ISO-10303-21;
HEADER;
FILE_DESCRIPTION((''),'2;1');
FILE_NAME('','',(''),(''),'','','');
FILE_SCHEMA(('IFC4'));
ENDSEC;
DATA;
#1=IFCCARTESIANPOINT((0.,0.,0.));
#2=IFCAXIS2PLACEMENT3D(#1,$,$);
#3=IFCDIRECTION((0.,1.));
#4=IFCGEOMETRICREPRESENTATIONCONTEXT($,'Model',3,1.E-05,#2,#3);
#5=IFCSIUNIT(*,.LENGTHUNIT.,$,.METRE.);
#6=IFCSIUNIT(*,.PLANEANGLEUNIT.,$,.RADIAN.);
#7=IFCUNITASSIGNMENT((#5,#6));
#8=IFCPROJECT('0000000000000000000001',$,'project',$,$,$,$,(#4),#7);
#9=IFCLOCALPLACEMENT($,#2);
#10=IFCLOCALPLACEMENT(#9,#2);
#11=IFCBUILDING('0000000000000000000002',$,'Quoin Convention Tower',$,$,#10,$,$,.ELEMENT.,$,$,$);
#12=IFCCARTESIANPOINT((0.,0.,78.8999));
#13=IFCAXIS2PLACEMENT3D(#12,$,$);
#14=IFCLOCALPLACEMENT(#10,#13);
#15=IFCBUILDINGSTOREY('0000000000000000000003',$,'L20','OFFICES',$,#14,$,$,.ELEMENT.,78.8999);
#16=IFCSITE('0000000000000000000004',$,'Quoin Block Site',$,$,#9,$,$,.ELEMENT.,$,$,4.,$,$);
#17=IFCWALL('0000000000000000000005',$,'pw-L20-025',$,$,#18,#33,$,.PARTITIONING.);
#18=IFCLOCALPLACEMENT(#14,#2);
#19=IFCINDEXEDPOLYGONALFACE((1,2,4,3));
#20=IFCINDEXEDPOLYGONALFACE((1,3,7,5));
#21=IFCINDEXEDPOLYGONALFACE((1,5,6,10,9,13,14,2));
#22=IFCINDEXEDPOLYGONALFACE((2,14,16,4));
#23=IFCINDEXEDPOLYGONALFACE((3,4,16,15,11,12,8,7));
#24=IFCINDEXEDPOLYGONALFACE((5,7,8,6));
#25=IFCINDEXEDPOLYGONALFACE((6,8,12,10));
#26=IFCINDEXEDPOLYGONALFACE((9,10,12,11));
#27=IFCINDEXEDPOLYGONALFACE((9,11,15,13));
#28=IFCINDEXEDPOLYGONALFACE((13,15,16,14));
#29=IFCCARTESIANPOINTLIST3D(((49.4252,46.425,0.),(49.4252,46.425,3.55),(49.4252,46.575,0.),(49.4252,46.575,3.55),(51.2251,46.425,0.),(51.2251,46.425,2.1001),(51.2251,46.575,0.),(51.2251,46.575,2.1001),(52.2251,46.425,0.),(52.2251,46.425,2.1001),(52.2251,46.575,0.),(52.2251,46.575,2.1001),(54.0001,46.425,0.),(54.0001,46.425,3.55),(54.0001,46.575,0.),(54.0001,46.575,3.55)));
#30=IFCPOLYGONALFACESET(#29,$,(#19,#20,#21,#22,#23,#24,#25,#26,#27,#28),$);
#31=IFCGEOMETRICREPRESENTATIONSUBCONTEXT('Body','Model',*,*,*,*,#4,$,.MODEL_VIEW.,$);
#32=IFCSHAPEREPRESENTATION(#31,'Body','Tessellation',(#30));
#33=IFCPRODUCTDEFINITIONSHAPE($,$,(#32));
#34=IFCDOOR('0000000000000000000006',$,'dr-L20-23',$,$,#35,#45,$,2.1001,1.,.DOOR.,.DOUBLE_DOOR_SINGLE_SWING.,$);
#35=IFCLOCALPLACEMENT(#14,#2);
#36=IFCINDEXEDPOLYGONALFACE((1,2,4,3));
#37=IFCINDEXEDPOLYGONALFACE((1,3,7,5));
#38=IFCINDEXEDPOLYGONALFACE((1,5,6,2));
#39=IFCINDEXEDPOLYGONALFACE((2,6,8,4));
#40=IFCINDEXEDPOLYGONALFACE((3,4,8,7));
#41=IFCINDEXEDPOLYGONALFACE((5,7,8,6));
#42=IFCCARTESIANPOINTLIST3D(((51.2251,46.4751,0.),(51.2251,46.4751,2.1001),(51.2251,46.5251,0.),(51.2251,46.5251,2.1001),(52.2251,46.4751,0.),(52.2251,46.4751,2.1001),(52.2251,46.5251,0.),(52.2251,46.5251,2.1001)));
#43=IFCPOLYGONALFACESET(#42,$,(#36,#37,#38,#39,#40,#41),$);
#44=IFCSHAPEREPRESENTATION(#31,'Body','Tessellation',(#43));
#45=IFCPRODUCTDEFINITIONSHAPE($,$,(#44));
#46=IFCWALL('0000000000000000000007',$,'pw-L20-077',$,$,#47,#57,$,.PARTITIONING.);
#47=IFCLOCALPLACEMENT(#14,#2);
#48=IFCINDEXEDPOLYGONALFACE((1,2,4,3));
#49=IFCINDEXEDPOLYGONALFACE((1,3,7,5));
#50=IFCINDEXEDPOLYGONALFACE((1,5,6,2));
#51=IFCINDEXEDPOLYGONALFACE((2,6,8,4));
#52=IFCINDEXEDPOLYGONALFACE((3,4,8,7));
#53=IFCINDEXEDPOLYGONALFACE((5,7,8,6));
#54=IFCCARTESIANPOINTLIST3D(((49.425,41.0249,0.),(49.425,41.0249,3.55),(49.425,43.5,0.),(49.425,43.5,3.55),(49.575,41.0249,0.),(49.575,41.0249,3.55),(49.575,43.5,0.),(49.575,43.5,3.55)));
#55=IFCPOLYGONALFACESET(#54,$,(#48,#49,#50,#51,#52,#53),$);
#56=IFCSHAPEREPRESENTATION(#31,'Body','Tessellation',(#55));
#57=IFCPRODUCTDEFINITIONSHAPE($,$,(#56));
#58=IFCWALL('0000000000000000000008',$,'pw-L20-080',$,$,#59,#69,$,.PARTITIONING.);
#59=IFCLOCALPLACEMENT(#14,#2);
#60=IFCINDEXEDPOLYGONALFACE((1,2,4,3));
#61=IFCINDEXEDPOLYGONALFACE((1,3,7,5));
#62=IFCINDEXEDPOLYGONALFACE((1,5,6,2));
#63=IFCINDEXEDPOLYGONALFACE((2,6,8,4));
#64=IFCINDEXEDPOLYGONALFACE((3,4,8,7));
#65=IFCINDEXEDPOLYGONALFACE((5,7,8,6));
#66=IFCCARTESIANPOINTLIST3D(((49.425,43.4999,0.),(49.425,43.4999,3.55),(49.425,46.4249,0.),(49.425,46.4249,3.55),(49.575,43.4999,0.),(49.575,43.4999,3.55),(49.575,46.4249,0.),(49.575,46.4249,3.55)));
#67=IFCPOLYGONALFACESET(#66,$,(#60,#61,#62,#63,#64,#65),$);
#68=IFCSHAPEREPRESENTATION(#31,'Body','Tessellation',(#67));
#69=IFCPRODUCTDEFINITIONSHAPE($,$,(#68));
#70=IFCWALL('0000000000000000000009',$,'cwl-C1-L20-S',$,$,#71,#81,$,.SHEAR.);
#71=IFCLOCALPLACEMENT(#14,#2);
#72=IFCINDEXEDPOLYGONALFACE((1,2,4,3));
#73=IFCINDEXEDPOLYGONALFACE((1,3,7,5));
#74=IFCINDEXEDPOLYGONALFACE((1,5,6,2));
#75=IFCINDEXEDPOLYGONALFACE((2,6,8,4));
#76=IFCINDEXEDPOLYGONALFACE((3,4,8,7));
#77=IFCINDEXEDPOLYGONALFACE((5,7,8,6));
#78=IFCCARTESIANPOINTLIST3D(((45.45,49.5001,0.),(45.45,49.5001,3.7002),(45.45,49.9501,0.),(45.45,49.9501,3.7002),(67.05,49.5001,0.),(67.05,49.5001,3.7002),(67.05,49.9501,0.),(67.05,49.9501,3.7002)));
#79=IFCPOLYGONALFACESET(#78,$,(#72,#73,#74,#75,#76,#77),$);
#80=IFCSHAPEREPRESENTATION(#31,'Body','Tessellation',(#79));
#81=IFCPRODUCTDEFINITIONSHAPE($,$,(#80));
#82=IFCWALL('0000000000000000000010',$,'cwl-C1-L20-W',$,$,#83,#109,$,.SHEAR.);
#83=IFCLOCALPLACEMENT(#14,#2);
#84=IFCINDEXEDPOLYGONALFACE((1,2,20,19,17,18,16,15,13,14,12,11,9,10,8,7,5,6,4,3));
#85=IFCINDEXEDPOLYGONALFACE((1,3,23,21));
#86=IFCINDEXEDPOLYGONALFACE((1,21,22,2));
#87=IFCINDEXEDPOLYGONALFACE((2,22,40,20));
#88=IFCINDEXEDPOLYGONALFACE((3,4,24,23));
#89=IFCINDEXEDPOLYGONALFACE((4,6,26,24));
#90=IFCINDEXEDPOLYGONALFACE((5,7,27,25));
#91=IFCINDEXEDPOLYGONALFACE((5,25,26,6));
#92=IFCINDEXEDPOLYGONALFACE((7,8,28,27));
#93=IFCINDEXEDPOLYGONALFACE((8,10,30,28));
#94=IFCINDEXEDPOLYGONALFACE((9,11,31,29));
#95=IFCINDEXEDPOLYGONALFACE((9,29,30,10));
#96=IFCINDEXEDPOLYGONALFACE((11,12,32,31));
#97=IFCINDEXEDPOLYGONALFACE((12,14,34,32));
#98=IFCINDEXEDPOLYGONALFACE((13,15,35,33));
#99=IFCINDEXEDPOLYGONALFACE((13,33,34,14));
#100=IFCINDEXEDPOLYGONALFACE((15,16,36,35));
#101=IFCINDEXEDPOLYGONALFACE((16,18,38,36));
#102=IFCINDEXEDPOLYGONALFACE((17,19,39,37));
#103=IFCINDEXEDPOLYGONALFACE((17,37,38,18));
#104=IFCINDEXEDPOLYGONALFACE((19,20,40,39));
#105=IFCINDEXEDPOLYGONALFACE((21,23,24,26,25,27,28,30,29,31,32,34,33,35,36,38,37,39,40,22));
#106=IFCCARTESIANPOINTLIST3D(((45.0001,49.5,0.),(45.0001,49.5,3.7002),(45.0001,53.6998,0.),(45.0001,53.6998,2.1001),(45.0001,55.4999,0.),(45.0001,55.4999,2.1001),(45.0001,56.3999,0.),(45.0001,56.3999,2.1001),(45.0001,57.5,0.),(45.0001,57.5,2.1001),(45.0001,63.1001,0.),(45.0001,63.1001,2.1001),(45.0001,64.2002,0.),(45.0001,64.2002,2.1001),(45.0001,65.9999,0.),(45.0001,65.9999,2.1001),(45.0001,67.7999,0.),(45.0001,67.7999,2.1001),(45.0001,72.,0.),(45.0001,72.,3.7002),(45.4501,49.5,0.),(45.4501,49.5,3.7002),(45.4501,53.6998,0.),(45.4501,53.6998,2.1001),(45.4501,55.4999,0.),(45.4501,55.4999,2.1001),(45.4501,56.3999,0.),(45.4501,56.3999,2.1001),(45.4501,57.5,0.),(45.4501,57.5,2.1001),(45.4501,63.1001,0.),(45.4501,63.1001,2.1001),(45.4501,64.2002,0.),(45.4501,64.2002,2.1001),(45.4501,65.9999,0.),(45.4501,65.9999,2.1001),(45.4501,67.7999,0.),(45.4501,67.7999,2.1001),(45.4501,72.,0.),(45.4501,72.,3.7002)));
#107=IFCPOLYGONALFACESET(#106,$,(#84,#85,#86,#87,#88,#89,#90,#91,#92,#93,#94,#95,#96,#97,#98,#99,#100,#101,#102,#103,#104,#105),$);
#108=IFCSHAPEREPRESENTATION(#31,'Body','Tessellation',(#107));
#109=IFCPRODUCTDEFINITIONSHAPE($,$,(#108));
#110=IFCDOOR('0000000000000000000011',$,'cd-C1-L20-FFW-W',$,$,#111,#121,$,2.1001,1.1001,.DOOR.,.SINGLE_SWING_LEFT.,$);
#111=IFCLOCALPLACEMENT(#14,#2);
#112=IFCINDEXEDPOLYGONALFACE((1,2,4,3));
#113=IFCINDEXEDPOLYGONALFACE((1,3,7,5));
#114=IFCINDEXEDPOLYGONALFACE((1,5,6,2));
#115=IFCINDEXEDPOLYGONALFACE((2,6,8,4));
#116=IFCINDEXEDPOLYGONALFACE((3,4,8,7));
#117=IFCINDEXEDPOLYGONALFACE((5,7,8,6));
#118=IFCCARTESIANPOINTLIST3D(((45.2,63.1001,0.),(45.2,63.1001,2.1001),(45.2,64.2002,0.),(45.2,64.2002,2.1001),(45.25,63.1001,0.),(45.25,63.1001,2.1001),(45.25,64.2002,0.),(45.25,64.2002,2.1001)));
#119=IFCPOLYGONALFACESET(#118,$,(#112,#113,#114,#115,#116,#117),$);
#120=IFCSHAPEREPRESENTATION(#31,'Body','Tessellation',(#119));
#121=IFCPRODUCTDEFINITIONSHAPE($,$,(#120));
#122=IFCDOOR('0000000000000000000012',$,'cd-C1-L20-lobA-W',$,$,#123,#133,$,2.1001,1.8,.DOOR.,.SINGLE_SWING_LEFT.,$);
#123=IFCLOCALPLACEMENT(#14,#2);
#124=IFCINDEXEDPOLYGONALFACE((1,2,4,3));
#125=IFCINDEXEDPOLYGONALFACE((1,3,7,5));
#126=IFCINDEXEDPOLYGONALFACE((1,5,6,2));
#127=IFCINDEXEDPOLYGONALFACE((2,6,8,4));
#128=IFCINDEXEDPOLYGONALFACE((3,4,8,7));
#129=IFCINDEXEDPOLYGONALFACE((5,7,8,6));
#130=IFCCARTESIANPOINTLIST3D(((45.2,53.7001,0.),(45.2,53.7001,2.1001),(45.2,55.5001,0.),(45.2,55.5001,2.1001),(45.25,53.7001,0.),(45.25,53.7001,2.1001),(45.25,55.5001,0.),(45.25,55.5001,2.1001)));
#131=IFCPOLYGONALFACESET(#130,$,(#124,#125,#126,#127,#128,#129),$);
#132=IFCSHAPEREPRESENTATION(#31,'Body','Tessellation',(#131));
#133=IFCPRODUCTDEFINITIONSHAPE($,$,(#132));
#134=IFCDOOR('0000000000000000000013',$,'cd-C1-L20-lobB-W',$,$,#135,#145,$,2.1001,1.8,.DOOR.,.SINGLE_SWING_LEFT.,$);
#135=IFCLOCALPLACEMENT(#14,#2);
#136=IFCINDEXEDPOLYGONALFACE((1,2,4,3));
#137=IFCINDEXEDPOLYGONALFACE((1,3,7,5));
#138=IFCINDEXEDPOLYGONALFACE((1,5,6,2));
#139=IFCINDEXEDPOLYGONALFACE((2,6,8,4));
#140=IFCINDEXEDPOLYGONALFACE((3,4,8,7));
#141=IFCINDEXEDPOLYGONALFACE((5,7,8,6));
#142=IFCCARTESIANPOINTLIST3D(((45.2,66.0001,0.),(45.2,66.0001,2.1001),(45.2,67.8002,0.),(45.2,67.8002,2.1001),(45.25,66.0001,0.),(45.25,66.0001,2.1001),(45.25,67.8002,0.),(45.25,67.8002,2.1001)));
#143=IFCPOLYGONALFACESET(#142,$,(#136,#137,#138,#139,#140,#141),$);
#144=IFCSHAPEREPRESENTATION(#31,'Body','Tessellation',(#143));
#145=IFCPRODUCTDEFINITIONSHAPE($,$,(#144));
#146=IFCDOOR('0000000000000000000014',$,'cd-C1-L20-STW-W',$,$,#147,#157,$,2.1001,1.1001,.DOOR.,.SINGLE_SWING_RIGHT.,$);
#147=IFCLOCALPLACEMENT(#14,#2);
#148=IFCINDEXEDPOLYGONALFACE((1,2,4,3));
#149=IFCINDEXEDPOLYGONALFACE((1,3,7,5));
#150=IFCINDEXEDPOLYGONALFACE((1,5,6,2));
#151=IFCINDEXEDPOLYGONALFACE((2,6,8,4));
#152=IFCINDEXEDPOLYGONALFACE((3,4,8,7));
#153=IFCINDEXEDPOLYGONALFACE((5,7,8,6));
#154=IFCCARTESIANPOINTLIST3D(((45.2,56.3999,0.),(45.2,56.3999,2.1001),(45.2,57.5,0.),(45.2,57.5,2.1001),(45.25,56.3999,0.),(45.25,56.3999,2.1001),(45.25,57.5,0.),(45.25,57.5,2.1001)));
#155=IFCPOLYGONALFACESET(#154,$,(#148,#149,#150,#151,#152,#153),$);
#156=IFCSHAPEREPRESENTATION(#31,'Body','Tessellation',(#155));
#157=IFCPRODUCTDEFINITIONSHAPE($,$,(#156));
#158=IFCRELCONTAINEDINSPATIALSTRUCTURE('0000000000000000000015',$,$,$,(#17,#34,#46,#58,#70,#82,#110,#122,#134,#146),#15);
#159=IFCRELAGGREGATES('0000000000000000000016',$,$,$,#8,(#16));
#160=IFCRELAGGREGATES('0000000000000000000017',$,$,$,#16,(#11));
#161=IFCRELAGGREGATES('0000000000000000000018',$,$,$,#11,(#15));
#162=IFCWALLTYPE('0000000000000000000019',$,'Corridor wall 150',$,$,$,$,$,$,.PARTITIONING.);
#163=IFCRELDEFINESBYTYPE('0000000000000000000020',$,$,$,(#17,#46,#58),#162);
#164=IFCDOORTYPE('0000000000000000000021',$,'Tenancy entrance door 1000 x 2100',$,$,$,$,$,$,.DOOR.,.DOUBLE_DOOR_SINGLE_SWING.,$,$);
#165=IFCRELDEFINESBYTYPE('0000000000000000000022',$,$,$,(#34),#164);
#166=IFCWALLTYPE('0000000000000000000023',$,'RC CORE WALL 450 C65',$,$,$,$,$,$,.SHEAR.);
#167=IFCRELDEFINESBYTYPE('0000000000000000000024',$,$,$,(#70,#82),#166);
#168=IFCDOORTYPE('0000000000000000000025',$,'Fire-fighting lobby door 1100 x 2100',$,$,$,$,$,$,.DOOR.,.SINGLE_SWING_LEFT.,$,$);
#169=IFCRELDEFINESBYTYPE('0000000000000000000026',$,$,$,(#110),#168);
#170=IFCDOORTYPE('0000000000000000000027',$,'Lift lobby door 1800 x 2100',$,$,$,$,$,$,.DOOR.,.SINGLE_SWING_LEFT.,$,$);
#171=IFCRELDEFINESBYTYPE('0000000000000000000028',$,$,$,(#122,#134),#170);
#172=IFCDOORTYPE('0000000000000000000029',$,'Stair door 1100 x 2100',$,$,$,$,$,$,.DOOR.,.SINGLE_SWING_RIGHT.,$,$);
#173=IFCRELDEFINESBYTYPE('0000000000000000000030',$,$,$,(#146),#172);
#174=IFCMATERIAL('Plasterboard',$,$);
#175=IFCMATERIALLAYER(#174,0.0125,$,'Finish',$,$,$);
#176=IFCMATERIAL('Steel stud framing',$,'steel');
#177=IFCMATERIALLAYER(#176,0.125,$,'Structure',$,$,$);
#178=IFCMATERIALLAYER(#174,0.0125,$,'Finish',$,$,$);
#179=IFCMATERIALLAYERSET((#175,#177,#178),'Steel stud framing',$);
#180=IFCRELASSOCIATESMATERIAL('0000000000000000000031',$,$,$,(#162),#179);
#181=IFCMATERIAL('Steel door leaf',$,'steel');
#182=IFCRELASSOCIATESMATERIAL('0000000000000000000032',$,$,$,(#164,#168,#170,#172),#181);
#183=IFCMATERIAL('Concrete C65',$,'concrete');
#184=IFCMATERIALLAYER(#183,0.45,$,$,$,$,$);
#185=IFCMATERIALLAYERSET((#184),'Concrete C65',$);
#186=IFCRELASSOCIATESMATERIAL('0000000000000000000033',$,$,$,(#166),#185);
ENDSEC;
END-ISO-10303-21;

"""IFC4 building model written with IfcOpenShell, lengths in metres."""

from ifc_helpers import new_model, si_unit, direction, frame, frame_2d, origin, place, context, subcontext, project, spatial, rectangle, extrude, material, layer, layer_set, type_object, element, fill, save


model = new_model("IFC4")

# Units and contexts
model_context = context("Model", 3, precision=1e-05, world=origin(), true_north=direction((0.0, 1.0)))
body_context = subcontext(model_context, "Body", "Model", "MODEL_VIEW")
ifc_project = project(units=[si_unit("LENGTHUNIT", "METRE"), si_unit("PLANEANGLEUNIT", "RADIAN")], contexts=[model_context])

# Site, building, storey
site_placement = place(None, origin())
site = spatial("IfcSite", under=ifc_project, at=site_placement, Name="Quoin Block Site", CompositionType="ELEMENT", RefElevation=4.0)
building_placement = place(site_placement, origin())
building = spatial("IfcBuilding", under=site, at=building_placement, Name="Quoin Convention Tower", CompositionType="ELEMENT")
storey_placement = place(building_placement, frame((0.0, 0.0, 78.8999)))
storey = spatial("IfcBuildingStorey", under=building, at=storey_placement, Name="L20", Description="OFFICES", CompositionType="ELEMENT", Elevation=78.8999)

# Shared definitions
ifc_material_1 = material(Name="Plasterboard")
ifc_material_2 = material(Name="Steel stud framing", Category="steel")

# Wall, opening, door
ifc_layer_1 = layer(ifc_material_1, 0.0125, Name="Finish")
ifc_layer_2 = layer(ifc_material_2, 0.125, Name="Structure")
ifc_layer_3 = layer(ifc_material_1, 0.0125, Name="Finish")
ifc_layer_set_1 = layer_set([ifc_layer_1, ifc_layer_2, ifc_layer_3], Name="Steel stud framing")
wall_type_1 = type_object("IfcWallType", Name="Corridor wall 150", PredefinedType="PARTITIONING", material=ifc_layer_set_1)
wall_1_placement = place(storey_placement, frame((49.425, 46.5, 0.0), z_axis=(0.0, 0.0, 1.0), x_axis=(1.0, 0.0, 0.0)))
wall_1 = element("IfcWall", 1, at=wall_1_placement, inside=storey, type_object=wall_type_1, Name="pw-L20-025", PredefinedType="PARTITIONING", context=body_context, shape_type="SweptSolid", body=[
    extrude(rectangle(XDim=4.575, YDim=0.1499, at=frame_2d((2.2876, 0.0))), origin(), (0.0, 0.0, 1.0), 3.55),
])
opening_1_placement = place(wall_1_placement, frame((1.8, 0.0, 0.0)))
opening_1 = element("IfcOpeningElement", 2, at=opening_1_placement, cuts=wall_1, PredefinedType="OPENING", context=body_context, shape_type="SweptSolid", body=[
    extrude(rectangle(XDim=1.0, YDim=2.1001, at=frame_2d((0.5, 1.05))), frame((0.0, 0.085, 0.0), z_axis=(0.0, -1.0, 0.0), x_axis=(1.0, 0.0, 0.0)), (0.0, 0.0, 1.0), 0.1699),
])
ifc_material_3 = material(Name="Steel door leaf", Category="steel")
door_type_1 = type_object("IfcDoorType", Name="Tenancy entrance door 1000 x 2100", OperationType="DOUBLE_DOOR_SINGLE_SWING", PredefinedType="DOOR", material=ifc_material_3)
door_1_placement = place(opening_1_placement, frame((1.0, 0.0, 0.0), z_axis=(0.0, 0.0, 1.0), x_axis=(-1.0, 0.0, 0.0)))
door_1 = element("IfcDoor", 3, at=door_1_placement, inside=storey, type_object=door_type_1, Name="dr-L20-23", OperationType="DOUBLE_DOOR_SINGLE_SWING", OverallHeight=2.1001, OverallWidth=1.0, PredefinedType="DOOR", context=body_context, shape_type="SweptSolid", body=[
    extrude(rectangle(XDim=1.0, YDim=2.1001, at=frame_2d((0.5, 1.05))), frame((0.0, 0.0249, 0.0), z_axis=(0.0, -1.0, 0.0), x_axis=(1.0, 0.0, 0.0)), (0.0, 0.0, 1.0), 0.05),
])
fill(opening_1, door_1)

# Walls
wall_2_placement = place(storey_placement, frame((49.5, 41.0249, 0.0), z_axis=(0.0, 0.0, 1.0), x_axis=(0.0, 1.0, 0.0)))
element("IfcWall", 4, at=wall_2_placement, inside=storey, type_object=wall_type_1, Name="pw-L20-077", PredefinedType="PARTITIONING", context=body_context, shape_type="SweptSolid", body=[
    extrude(rectangle(XDim=2.4751, YDim=0.1499, at=frame_2d((1.2375, 0.0))), origin(), (0.0, 0.0, 1.0), 3.55),
])
wall_3_placement = place(storey_placement, frame((49.5, 43.5, 0.0), z_axis=(0.0, 0.0, 1.0), x_axis=(0.0, 1.0, 0.0)))
element("IfcWall", 5, at=wall_3_placement, inside=storey, type_object=wall_type_1, Name="pw-L20-080", PredefinedType="PARTITIONING", context=body_context, shape_type="SweptSolid", body=[
    extrude(rectangle(XDim=2.925, YDim=0.1499, at=frame_2d((1.4624, 0.0))), origin(), (0.0, 0.0, 1.0), 3.55),
])
ifc_material_4 = material(Name="Concrete C65", Category="concrete")
ifc_layer_4 = layer(ifc_material_4, 0.45)
ifc_layer_set_2 = layer_set([ifc_layer_4], Name="Concrete C65")
wall_type_2 = type_object("IfcWallType", Name="RC CORE WALL 450 C65", PredefinedType="SHEAR", material=ifc_layer_set_2)
wall_4_placement = place(storey_placement, frame((45.45, 49.7251, 0.0), z_axis=(0.0, 0.0, 1.0), x_axis=(1.0, 0.0, 0.0)))
element("IfcWall", 6, at=wall_4_placement, inside=storey, type_object=wall_type_2, Name="cwl-C1-L20-S", PredefinedType="SHEAR", context=body_context, shape_type="SweptSolid", body=[
    extrude(rectangle(XDim=21.6001, YDim=0.45, at=frame_2d((10.8, 0.0))), origin(), (0.0, 0.0, 1.0), 3.7002),
])

# Wall, openings, doors
wall_5_placement = place(storey_placement, frame((45.2251, 49.5, 0.0), z_axis=(0.0, 0.0, 1.0), x_axis=(0.0, 1.0, 0.0)))
wall_5 = element("IfcWall", 7, at=wall_5_placement, inside=storey, type_object=wall_type_2, Name="cwl-C1-L20-W", PredefinedType="SHEAR", context=body_context, shape_type="SweptSolid", body=[
    extrude(rectangle(XDim=22.5, YDim=0.45, at=frame_2d((11.25, 0.0))), origin(), (0.0, 0.0, 1.0), 3.7002),
])
opening_2_placement = place(wall_5_placement, frame((4.2, 0.0, 0.0)))
opening_2 = element("IfcOpeningElement", 8, at=opening_2_placement, cuts=wall_5, PredefinedType="OPENING", context=body_context, shape_type="SweptSolid", body=[
    extrude(rectangle(XDim=1.8, YDim=2.1001, at=frame_2d((0.8999, 1.05))), frame((0.0, 0.2349, 0.0), z_axis=(0.0, -1.0, 0.0), x_axis=(1.0, 0.0, 0.0)), (0.0, 0.0, 1.0), 0.47),
])
opening_3_placement = place(wall_5_placement, frame((6.8999, 0.0, 0.0)))
opening_3 = element("IfcOpeningElement", 9, at=opening_3_placement, cuts=wall_5, PredefinedType="OPENING", context=body_context, shape_type="SweptSolid", body=[
    extrude(rectangle(XDim=1.1001, YDim=2.1001, at=frame_2d((0.55, 1.05))), frame((0.0, 0.2349, 0.0), z_axis=(0.0, -1.0, 0.0), x_axis=(1.0, 0.0, 0.0)), (0.0, 0.0, 1.0), 0.47),
])
opening_4_placement = place(wall_5_placement, frame((13.6001, 0.0, 0.0)))
opening_4 = element("IfcOpeningElement", 10, at=opening_4_placement, cuts=wall_5, PredefinedType="OPENING", context=body_context, shape_type="SweptSolid", body=[
    extrude(rectangle(XDim=1.1001, YDim=2.1001, at=frame_2d((0.55, 1.05))), frame((0.0, 0.2349, 0.0), z_axis=(0.0, -1.0, 0.0), x_axis=(1.0, 0.0, 0.0)), (0.0, 0.0, 1.0), 0.47),
])
opening_5_placement = place(wall_5_placement, frame((16.5, 0.0, 0.0)))
opening_5 = element("IfcOpeningElement", 11, at=opening_5_placement, cuts=wall_5, PredefinedType="OPENING", context=body_context, shape_type="SweptSolid", body=[
    extrude(rectangle(XDim=1.8, YDim=2.1001, at=frame_2d((0.8999, 1.05))), frame((0.0, 0.2349, 0.0), z_axis=(0.0, -1.0, 0.0), x_axis=(1.0, 0.0, 0.0)), (0.0, 0.0, 1.0), 0.47),
])
door_type_2 = type_object("IfcDoorType", Name="Fire-fighting lobby door 1100 x 2100", OperationType="SINGLE_SWING_LEFT", PredefinedType="DOOR", material=ifc_material_3)
door_2_placement = place(opening_4_placement, frame((1.1001, 0.0, 0.0), z_axis=(0.0, 0.0, 1.0), x_axis=(-1.0, 0.0, 0.0)))
door_2 = element("IfcDoor", 12, at=door_2_placement, inside=storey, type_object=door_type_2, Name="cd-C1-L20-FFW-W", OperationType="SINGLE_SWING_LEFT", OverallHeight=2.1001, OverallWidth=1.1001, PredefinedType="DOOR", context=body_context, shape_type="SweptSolid", body=[
    extrude(rectangle(XDim=1.1001, YDim=2.1001, at=frame_2d((0.55, 1.05))), frame((0.0, 0.0249, 0.0), z_axis=(0.0, -1.0, 0.0), x_axis=(1.0, 0.0, 0.0)), (0.0, 0.0, 1.0), 0.05),
])
fill(opening_4, door_2)
door_type_3 = type_object("IfcDoorType", Name="Lift lobby door 1800 x 2100", OperationType="SINGLE_SWING_LEFT", PredefinedType="DOOR", material=ifc_material_3)
door_3_placement = place(opening_2_placement, frame((1.8, 0.0, 0.0), z_axis=(0.0, 0.0, 1.0), x_axis=(-1.0, 0.0, 0.0)))
door_3 = element("IfcDoor", 13, at=door_3_placement, inside=storey, type_object=door_type_3, Name="cd-C1-L20-lobA-W", OperationType="SINGLE_SWING_LEFT", OverallHeight=2.1001, OverallWidth=1.8, PredefinedType="DOOR", context=body_context, shape_type="SweptSolid", body=[
    extrude(rectangle(XDim=1.8, YDim=2.1001, at=frame_2d((0.8999, 1.05))), frame((0.0, 0.0249, 0.0), z_axis=(0.0, -1.0, 0.0), x_axis=(1.0, 0.0, 0.0)), (0.0, 0.0, 1.0), 0.05),
])
fill(opening_2, door_3)
door_4_placement = place(opening_5_placement, frame((1.8, 0.0, 0.0), z_axis=(0.0, 0.0, 1.0), x_axis=(-1.0, 0.0, 0.0)))
door_4 = element("IfcDoor", 14, at=door_4_placement, inside=storey, type_object=door_type_3, Name="cd-C1-L20-lobB-W", OperationType="SINGLE_SWING_LEFT", OverallHeight=2.1001, OverallWidth=1.8, PredefinedType="DOOR", context=body_context, shape_type="SweptSolid", body=[
    extrude(rectangle(XDim=1.8, YDim=2.1001, at=frame_2d((0.8999, 1.05))), frame((0.0, 0.0249, 0.0), z_axis=(0.0, -1.0, 0.0), x_axis=(1.0, 0.0, 0.0)), (0.0, 0.0, 1.0), 0.05),
])
fill(opening_5, door_4)
door_type_4 = type_object("IfcDoorType", Name="Stair door 1100 x 2100", OperationType="SINGLE_SWING_RIGHT", PredefinedType="DOOR", material=ifc_material_3)
door_5_placement = place(opening_3_placement, frame((1.1001, 0.0, 0.0), z_axis=(0.0, 0.0, 1.0), x_axis=(-1.0, 0.0, 0.0)))
door_5 = element("IfcDoor", 15, at=door_5_placement, inside=storey, type_object=door_type_4, Name="cd-C1-L20-STW-W", OperationType="SINGLE_SWING_RIGHT", OverallHeight=2.1001, OverallWidth=1.1001, PredefinedType="DOOR", context=body_context, shape_type="SweptSolid", body=[
    extrude(rectangle(XDim=1.1001, YDim=2.1001, at=frame_2d((0.55, 1.05))), frame((0.0, 0.0249, 0.0), z_axis=(0.0, -1.0, 0.0), x_axis=(1.0, 0.0, 0.0)), (0.0, 0.0, 1.0), 0.05),
])
fill(opening_3, door_5)

save(model, "model.ifc")
